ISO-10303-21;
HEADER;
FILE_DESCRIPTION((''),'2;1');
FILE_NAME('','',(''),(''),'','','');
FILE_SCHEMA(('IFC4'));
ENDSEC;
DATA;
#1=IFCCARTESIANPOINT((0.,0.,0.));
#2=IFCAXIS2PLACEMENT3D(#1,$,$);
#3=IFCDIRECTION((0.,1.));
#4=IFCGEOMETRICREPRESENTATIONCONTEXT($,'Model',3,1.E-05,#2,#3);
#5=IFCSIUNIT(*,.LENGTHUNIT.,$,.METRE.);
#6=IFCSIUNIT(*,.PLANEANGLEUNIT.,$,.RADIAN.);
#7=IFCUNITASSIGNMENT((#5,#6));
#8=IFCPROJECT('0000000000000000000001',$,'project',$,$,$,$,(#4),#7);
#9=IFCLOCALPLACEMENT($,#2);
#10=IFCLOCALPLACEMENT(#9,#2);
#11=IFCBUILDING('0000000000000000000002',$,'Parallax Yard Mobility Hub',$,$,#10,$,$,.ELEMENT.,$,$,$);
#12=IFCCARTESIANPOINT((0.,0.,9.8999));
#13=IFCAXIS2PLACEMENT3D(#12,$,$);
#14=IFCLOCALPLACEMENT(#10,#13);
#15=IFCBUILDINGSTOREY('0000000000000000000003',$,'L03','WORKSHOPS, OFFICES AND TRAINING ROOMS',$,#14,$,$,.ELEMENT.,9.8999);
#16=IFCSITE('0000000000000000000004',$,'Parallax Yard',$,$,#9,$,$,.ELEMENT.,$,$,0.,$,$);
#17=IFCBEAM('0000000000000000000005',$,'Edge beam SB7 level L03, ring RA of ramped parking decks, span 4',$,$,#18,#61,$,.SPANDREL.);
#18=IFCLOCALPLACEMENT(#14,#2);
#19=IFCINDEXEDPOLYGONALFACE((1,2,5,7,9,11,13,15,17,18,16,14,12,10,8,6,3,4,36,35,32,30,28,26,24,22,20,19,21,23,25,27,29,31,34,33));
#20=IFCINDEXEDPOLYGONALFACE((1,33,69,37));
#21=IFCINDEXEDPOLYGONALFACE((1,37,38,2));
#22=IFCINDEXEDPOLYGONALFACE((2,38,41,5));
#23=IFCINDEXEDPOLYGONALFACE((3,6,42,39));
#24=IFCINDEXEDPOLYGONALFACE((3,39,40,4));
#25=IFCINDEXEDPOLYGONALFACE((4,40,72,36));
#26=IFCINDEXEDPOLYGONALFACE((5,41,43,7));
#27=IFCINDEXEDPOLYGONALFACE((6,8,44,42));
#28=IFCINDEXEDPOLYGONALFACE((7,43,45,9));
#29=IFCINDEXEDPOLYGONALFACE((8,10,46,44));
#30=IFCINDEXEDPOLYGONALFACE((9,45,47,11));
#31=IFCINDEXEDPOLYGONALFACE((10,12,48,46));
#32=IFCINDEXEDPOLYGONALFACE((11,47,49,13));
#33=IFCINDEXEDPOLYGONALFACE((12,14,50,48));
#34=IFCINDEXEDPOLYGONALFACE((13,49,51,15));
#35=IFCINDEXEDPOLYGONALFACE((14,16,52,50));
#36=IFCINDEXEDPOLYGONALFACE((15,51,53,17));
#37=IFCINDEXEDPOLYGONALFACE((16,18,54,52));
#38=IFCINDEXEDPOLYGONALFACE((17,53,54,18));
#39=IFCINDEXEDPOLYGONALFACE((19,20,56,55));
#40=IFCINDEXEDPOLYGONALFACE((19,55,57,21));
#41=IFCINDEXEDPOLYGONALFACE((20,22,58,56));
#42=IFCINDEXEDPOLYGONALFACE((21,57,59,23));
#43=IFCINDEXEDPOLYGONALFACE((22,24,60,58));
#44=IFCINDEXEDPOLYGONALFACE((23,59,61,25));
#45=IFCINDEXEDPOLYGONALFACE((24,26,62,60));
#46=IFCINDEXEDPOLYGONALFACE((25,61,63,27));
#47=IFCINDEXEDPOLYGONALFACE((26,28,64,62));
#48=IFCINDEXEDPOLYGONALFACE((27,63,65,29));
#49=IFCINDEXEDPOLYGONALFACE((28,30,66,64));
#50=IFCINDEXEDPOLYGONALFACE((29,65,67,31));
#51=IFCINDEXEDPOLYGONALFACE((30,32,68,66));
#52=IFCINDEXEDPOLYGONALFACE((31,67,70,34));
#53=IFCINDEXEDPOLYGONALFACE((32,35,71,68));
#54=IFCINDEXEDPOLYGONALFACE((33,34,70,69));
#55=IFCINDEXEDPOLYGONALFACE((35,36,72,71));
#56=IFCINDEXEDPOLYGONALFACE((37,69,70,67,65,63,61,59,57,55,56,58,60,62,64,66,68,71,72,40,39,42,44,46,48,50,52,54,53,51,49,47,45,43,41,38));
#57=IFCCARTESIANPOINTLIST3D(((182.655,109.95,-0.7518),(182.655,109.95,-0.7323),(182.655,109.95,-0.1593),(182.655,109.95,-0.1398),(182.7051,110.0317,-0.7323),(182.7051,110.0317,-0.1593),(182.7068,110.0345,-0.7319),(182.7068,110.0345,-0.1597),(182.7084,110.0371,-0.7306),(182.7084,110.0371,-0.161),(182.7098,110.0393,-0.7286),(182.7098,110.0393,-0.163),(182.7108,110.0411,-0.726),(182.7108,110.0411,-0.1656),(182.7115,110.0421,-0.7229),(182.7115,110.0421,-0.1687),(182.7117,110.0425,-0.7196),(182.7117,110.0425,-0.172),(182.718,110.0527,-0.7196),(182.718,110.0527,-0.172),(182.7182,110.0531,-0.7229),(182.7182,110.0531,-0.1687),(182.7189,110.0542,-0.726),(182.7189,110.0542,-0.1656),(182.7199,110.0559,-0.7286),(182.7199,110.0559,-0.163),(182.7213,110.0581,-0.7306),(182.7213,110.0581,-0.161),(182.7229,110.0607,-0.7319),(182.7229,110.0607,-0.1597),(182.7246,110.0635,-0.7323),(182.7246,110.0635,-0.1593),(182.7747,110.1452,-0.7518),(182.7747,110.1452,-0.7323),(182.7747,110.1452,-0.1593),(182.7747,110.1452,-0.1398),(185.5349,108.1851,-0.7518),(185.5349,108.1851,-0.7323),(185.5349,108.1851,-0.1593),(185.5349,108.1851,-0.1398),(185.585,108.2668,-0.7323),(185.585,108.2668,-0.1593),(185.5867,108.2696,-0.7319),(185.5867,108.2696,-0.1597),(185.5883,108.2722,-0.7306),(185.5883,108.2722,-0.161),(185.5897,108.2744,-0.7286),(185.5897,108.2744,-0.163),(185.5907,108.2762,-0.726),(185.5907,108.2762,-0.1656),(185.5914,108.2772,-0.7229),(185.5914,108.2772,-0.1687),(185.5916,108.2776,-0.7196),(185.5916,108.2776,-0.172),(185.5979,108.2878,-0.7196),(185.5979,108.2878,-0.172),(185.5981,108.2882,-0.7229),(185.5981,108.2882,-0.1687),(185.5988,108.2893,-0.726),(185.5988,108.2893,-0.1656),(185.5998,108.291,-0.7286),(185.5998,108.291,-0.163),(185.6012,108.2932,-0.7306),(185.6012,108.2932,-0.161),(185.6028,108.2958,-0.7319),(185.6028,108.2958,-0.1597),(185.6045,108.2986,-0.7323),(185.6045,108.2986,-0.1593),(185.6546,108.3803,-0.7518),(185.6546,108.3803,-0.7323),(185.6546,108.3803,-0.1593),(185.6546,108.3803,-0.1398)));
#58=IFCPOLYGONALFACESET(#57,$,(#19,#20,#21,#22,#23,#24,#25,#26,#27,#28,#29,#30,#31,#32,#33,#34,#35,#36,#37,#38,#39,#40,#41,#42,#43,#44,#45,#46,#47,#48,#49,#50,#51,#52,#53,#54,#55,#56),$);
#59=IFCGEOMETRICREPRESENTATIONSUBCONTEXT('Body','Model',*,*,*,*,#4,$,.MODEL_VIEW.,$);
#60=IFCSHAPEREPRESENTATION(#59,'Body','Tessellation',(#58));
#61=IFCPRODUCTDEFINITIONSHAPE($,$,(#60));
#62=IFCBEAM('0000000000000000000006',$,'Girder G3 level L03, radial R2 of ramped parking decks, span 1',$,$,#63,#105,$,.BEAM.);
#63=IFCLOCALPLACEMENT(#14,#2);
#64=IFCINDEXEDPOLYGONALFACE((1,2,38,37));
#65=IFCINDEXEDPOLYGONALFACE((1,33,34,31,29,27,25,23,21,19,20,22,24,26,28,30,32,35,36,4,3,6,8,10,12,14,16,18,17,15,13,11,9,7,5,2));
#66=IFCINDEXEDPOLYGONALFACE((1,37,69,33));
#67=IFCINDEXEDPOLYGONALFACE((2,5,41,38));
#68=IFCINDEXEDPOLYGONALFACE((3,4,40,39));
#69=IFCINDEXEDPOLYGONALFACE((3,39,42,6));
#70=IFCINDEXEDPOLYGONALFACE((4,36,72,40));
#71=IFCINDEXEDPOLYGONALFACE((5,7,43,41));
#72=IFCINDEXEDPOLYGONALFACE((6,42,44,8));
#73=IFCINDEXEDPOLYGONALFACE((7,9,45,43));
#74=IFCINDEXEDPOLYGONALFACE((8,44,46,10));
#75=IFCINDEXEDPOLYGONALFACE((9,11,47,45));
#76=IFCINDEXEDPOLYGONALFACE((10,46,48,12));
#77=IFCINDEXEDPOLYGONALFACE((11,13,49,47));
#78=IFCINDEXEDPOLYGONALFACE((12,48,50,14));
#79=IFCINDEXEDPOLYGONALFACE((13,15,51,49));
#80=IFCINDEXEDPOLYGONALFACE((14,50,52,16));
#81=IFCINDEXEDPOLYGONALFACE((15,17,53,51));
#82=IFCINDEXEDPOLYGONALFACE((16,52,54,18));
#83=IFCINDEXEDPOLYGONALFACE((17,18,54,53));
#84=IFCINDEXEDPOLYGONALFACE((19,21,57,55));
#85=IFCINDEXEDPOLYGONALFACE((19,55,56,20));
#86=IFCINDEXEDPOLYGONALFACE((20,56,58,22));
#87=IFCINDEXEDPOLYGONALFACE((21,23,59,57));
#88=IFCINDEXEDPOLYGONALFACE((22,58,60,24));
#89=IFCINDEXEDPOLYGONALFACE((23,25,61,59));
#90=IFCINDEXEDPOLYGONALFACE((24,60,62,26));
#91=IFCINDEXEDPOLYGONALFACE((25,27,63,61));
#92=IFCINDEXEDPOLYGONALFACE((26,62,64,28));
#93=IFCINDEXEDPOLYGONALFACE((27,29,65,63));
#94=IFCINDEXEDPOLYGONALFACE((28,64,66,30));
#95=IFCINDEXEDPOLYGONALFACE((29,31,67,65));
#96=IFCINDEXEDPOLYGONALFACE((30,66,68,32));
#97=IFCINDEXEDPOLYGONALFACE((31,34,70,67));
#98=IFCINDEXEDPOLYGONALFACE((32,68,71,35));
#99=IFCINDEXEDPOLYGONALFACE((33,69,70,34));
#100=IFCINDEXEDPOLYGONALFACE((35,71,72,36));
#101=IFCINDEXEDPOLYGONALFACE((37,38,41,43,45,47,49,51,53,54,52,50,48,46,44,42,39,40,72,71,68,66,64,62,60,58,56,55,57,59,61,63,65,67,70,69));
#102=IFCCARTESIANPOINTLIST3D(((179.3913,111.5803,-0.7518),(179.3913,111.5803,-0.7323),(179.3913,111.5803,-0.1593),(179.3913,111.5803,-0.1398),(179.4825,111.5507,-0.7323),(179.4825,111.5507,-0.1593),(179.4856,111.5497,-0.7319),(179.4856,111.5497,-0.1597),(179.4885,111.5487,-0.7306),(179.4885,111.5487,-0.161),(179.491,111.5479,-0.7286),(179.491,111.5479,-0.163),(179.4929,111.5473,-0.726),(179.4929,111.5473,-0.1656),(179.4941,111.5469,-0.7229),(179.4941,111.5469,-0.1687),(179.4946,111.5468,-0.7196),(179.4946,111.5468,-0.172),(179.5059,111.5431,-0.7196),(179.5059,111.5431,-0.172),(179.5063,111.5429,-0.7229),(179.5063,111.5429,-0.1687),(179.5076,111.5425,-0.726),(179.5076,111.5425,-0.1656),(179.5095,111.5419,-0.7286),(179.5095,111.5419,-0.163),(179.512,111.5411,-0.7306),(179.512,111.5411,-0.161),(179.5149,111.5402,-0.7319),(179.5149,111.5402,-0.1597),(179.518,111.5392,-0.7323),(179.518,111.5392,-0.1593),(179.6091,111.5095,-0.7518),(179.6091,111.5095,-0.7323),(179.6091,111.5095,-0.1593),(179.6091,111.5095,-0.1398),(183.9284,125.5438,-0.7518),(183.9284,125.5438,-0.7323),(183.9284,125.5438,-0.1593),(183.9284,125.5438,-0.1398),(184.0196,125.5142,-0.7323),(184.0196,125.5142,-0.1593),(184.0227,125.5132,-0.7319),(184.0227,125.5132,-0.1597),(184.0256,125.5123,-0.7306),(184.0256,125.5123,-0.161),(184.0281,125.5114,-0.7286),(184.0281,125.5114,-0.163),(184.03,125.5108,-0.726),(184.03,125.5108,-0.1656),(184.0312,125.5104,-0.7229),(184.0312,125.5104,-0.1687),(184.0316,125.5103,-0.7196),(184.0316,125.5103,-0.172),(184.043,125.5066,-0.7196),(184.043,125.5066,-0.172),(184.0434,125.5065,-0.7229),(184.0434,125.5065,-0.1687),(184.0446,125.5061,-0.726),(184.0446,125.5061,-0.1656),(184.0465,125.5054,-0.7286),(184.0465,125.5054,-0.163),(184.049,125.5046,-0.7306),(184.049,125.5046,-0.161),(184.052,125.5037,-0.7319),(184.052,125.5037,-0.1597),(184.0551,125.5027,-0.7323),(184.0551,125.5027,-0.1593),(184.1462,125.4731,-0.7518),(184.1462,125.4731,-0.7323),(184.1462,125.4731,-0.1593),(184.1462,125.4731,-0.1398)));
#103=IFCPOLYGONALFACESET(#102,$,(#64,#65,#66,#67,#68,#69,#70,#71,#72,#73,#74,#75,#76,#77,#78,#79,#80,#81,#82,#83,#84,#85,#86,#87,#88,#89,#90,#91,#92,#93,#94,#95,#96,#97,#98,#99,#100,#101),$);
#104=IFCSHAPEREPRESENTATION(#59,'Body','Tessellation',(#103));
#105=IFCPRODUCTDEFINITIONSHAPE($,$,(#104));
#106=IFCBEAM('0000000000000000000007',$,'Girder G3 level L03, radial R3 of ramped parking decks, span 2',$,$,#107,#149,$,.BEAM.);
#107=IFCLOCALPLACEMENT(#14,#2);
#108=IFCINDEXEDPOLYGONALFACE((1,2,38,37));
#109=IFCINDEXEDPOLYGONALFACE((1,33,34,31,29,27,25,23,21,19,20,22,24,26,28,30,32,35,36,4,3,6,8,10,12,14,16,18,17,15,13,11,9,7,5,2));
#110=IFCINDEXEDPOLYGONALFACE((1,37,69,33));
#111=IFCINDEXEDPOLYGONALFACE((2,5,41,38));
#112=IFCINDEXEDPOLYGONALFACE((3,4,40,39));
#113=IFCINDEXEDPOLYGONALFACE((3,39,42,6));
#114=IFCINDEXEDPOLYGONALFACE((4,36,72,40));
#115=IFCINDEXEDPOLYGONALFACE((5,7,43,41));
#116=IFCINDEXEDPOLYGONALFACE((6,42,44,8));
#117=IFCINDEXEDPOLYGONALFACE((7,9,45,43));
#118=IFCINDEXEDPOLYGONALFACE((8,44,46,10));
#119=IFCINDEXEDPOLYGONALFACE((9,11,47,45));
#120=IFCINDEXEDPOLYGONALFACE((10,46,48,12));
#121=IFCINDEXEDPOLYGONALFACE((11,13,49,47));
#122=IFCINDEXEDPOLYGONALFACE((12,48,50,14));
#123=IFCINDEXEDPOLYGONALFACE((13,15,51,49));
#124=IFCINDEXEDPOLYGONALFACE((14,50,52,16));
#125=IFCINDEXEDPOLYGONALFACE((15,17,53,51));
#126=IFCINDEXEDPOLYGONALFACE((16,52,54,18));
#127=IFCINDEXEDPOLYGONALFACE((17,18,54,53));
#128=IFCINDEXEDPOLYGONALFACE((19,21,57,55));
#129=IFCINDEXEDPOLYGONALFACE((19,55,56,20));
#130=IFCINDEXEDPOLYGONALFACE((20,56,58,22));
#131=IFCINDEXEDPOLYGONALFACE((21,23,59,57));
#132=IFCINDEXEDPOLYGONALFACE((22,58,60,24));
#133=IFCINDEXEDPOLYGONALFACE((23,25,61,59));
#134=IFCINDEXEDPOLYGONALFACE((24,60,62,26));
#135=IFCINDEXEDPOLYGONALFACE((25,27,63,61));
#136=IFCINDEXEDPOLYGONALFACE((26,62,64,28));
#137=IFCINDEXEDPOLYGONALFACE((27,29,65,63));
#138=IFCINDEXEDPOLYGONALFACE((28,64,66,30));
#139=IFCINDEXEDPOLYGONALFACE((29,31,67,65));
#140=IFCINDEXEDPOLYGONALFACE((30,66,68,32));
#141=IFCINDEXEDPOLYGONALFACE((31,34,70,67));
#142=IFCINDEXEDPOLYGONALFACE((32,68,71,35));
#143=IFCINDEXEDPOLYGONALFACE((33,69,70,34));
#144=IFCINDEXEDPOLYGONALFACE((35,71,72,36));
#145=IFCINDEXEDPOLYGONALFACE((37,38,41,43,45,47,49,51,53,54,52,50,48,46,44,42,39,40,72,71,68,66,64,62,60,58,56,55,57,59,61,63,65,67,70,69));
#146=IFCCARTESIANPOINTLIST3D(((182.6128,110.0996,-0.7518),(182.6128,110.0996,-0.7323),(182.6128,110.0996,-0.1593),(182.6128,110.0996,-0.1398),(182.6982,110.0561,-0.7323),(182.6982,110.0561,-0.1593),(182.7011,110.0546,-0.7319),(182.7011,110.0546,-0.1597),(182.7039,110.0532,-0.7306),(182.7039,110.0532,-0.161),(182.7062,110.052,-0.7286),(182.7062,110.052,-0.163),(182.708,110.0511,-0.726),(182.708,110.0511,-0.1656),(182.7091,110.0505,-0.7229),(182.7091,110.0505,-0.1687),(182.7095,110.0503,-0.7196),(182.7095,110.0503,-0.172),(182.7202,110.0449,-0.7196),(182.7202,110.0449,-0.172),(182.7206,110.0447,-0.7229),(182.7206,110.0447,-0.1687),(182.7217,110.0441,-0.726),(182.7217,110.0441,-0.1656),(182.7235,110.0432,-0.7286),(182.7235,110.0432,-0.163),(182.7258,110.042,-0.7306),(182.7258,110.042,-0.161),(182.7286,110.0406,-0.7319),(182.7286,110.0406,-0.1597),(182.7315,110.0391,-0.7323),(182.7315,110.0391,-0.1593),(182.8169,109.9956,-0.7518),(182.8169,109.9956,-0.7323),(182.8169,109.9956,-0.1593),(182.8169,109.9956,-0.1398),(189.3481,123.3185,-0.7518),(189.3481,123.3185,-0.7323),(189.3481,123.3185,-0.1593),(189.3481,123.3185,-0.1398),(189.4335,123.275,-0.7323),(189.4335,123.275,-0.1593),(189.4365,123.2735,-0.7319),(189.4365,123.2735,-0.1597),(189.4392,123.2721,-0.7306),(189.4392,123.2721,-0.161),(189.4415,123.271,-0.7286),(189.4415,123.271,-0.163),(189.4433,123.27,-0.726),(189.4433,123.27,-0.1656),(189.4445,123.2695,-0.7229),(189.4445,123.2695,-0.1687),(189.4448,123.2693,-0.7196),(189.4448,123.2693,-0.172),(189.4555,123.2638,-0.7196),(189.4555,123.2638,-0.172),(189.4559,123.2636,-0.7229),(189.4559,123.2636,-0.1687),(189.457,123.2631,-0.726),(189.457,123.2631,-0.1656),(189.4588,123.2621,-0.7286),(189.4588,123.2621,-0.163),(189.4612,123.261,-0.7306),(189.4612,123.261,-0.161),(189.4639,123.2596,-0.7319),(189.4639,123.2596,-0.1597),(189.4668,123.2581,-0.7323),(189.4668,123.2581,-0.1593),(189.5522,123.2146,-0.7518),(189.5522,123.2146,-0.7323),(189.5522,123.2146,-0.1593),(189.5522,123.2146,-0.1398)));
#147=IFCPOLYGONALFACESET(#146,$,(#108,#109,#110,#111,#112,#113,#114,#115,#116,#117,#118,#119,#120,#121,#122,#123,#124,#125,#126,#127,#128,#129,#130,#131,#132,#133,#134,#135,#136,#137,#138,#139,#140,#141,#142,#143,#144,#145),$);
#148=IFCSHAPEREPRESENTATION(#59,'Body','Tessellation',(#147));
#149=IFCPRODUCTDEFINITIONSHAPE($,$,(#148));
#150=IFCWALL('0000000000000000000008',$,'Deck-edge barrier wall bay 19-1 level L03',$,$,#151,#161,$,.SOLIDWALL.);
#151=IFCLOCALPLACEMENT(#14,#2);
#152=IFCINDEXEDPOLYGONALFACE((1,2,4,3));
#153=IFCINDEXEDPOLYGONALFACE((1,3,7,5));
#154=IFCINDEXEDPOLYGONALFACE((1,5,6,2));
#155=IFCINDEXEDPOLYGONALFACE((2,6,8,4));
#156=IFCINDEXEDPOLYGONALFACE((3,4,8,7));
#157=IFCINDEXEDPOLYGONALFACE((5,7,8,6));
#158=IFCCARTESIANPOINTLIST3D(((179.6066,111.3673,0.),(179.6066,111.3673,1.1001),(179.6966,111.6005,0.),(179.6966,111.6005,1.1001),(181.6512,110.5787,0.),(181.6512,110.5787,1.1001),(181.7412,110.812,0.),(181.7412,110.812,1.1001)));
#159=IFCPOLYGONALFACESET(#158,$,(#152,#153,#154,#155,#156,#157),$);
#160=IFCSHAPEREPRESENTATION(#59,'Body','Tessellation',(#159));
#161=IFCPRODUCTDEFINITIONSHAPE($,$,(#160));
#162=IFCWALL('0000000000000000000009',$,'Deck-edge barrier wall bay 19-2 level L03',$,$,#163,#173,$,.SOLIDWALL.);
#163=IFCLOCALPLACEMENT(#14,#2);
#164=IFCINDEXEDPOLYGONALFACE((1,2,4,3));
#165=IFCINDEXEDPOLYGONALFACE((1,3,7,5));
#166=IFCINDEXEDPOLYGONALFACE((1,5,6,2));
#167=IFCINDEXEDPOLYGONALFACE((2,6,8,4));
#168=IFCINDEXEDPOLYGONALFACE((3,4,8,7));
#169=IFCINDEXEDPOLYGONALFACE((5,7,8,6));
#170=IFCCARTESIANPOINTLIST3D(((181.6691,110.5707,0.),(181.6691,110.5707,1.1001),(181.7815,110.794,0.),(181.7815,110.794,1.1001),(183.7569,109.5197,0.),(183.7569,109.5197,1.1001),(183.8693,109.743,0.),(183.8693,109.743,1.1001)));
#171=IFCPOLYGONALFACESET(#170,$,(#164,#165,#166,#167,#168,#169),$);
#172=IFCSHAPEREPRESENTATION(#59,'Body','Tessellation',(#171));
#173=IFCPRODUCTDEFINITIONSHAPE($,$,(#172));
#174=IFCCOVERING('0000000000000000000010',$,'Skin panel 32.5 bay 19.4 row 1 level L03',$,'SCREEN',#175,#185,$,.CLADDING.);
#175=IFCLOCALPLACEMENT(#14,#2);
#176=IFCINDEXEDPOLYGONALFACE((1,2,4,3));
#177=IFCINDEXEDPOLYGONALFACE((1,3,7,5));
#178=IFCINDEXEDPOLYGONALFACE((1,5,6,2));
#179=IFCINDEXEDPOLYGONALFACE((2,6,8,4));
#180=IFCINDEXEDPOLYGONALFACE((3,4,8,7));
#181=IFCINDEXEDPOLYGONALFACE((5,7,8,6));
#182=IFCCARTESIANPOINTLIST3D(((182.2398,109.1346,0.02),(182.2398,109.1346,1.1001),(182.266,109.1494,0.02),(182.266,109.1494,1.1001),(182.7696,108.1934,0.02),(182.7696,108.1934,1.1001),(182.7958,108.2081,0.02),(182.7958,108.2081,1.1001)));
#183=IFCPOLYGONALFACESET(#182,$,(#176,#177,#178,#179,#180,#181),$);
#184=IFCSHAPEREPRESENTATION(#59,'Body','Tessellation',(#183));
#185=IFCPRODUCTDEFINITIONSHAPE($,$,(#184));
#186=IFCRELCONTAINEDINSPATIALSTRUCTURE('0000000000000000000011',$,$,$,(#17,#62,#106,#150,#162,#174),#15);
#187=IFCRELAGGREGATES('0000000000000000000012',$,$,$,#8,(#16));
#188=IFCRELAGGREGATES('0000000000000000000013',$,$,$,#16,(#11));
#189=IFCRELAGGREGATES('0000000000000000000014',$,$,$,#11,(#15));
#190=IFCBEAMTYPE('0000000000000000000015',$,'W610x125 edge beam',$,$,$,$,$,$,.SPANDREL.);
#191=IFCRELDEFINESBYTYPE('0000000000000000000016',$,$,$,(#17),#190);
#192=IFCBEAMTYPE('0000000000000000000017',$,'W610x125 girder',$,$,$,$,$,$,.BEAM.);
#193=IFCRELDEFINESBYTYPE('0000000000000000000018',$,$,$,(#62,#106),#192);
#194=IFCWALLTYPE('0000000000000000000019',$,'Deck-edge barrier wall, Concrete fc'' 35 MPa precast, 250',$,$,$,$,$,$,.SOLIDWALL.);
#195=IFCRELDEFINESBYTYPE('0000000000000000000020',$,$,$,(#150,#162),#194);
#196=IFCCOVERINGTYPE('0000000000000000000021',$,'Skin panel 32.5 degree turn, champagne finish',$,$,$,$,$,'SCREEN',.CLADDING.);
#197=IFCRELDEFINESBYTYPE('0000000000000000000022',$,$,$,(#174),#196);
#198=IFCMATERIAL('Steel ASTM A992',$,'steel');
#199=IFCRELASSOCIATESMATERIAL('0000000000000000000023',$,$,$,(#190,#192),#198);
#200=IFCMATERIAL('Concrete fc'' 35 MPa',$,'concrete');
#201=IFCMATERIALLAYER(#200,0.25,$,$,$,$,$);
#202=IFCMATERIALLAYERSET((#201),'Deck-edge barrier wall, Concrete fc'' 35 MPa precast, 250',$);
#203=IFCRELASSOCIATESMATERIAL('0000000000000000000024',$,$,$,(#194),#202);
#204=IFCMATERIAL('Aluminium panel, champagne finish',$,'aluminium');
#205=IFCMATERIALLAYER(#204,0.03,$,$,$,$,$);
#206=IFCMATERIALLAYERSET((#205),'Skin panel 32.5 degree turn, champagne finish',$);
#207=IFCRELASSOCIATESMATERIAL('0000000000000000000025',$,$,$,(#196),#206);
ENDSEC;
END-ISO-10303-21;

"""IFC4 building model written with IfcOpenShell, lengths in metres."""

from ifc_helpers import new_model, si_unit, direction, frame, frame_2d, origin, origin_2d, place, context, subcontext, project, spatial, rectangle, i_section, extrude, material, layer, layer_set, material_profile, profile_set, type_object, element, save


model = new_model("IFC4")

# Units and contexts
model_context = context("Model", 3, precision=1e-05, world=origin(), true_north=direction((0.0, 1.0)))
body_context = subcontext(model_context, "Body", "Model", "MODEL_VIEW")
ifc_project = project(units=[si_unit("LENGTHUNIT", "METRE"), si_unit("PLANEANGLEUNIT", "RADIAN")], contexts=[model_context])

# Site, building, storey
site_placement = place(None, origin())
site = spatial("IfcSite", under=ifc_project, at=site_placement, Name="Parallax Yard", CompositionType="ELEMENT", RefElevation=0.0)
building_placement = place(site_placement, origin())
building = spatial("IfcBuilding", under=site, at=building_placement, Name="Parallax Yard Mobility Hub", CompositionType="ELEMENT")
storey_placement = place(building_placement, frame((0.0, 0.0, 9.8999)))
storey = spatial("IfcBuildingStorey", under=building, at=storey_placement, Name="L03", Description="WORKSHOPS, OFFICES AND TRAINING ROOMS", CompositionType="ELEMENT", Elevation=9.8999)

# Beams
ifc_material_1 = material(Name="Steel ASTM A992", Category="steel")
ifc_material_profile_1 = material_profile(ifc_material_1, i_section(OverallWidth=0.229, OverallDepth=0.6121, WebThickness=0.012, FlangeThickness=0.0195, FilletRadius=0.0127, at=origin_2d()), Name="W610x125")
ifc_profile_set_1 = profile_set([ifc_material_profile_1], Name="Steel ASTM A992")
beam_type_1 = type_object("IfcBeamType", Name="W610x125 edge beam", PredefinedType="SPANDREL", material=ifc_profile_set_1)
for number, where, z_axis, x_axis, name in (
    (1, (182.7148, 110.0476, -0.4458), (0.852627, -0.52252, 0.0), (0.52252, 0.852627, 0.0), "Edge beam SB7 level L03, ring RA of ramped parking decks, span 4"),
):
    element("IfcBeam", number, at=place(storey_placement, frame(where, z_axis=z_axis, x_axis=x_axis)), inside=storey, type_object=beam_type_1, Name=name, PredefinedType="SPANDREL", context=body_context, shape_type="SweptSolid", body=[
        extrude(i_section(OverallWidth=0.229, OverallDepth=0.6121, WebThickness=0.012, FlangeThickness=0.0195, FilletRadius=0.0127, at=origin_2d()), origin(), (0.0, 0.0, 1.0), 3.3777),
    ])
ifc_material_profile_2 = material_profile(ifc_material_1, i_section(OverallWidth=0.229, OverallDepth=0.6121, WebThickness=0.012, FlangeThickness=0.0195, FilletRadius=0.0127, at=origin_2d()), Name="W610x125")
ifc_profile_set_2 = profile_set([ifc_material_profile_2], Name="Steel ASTM A992")
beam_type_2 = type_object("IfcBeamType", Name="W610x125 girder", PredefinedType="BEAM", material=ifc_profile_set_2)
beam_1_placement = place(storey_placement, frame((179.5002, 111.5449, -0.4458), z_axis=(0.30902, 0.951055, 0.0), x_axis=(-0.951055, 0.30902, 0.0)))
element("IfcBeam", 2, at=beam_1_placement, inside=storey, type_object=beam_type_2, Name="Girder G3 level L03, radial R2 of ramped parking decks, span 1", PredefinedType="BEAM", context=body_context, shape_type="SweptSolid", body=[
    extrude(i_section(OverallWidth=0.229, OverallDepth=0.6121, WebThickness=0.012, FlangeThickness=0.0195, FilletRadius=0.0127, at=origin_2d()), origin(), (0.0, 0.0, 1.0), 14.6821),
])
beam_2_placement = place(storey_placement, frame((182.7148, 110.0476, -0.4458), z_axis=(0.453987, 0.891008, 0.0), x_axis=(-0.891008, 0.453987, 0.0)))
element("IfcBeam", 3, at=beam_2_placement, inside=storey, type_object=beam_type_2, Name="Girder G3 level L03, radial R3 of ramped parking decks, span 2", PredefinedType="BEAM", context=body_context, shape_type="SweptSolid", body=[
    extrude(i_section(OverallWidth=0.229, OverallDepth=0.6121, WebThickness=0.012, FlangeThickness=0.0195, FilletRadius=0.0127, at=origin_2d()), origin(), (0.0, 0.0, 1.0), 14.8359),
])

# Walls
ifc_material_2 = material(Name="Concrete fc' 35 MPa", Category="concrete")
ifc_layer_1 = layer(ifc_material_2, 0.25)
ifc_layer_set_1 = layer_set([ifc_layer_1], Name="Deck-edge barrier wall, Concrete fc' 35 MPa precast, 250")
wall_type = type_object("IfcWallType", Name="Deck-edge barrier wall, Concrete fc' 35 MPa precast, 250", PredefinedType="SOLIDWALL", material=ifc_layer_set_1)
wall_1_placement = place(storey_placement, frame((179.6516, 111.4839, 0.0), z_axis=(0.0, 0.0, 1.0), x_axis=(0.933015, -0.359837, 0.0)))
element("IfcWall", 4, at=wall_1_placement, inside=storey, type_object=wall_type, Name="Deck-edge barrier wall bay 19-1 level L03", PredefinedType="SOLIDWALL", context=body_context, shape_type="SweptSolid", body=[
    extrude(rectangle(XDim=2.1914, YDim=0.25, at=frame_2d((1.0957, 0.0))), origin(), (0.0, 0.0, 1.0), 1.1001),
])
wall_2_placement = place(storey_placement, frame((181.7253, 110.6824, 0.0), z_axis=(0.0, 0.0, 1.0), x_axis=(0.893212, -0.449635, 0.0)))
element("IfcWall", 5, at=wall_2_placement, inside=storey, type_object=wall_type, Name="Deck-edge barrier wall bay 19-2 level L03", PredefinedType="SOLIDWALL", context=body_context, shape_type="SweptSolid", body=[
    extrude(rectangle(XDim=2.3374, YDim=0.25, at=frame_2d((1.1687, 0.0))), origin(), (0.0, 0.0, 1.0), 1.1001),
])

# Covering
ifc_material_3 = material(Name="Aluminium panel, champagne finish", Category="aluminium")
ifc_layer_2 = layer(ifc_material_3, 0.03)
ifc_layer_set_2 = layer_set([ifc_layer_2], Name="Skin panel 32.5 degree turn, champagne finish")
covering_type_1 = type_object("IfcCoveringType", Name="Skin panel 32.5 degree turn, champagne finish", ElementType="SCREEN", PredefinedType="CLADDING", material=ifc_layer_set_2)
covering_placement = place(storey_placement, frame((182.5178, 108.6714, 0.02), z_axis=(0.0, 0.0, 1.0), x_axis=(0.490524, -0.871428, 0.0)))
element("IfcCovering", 6, at=covering_placement, inside=storey, type_object=covering_type_1, Name="Skin panel 32.5 bay 19.4 row 1 level L03", ObjectType="SCREEN", PredefinedType="CLADDING", context=body_context, shape_type="SweptSolid", body=[
    extrude(rectangle(XDim=1.0801, YDim=0.03, at=origin_2d()), origin(), (0.0, 0.0, 1.0), 1.0801),
])

save(model, "model.ifc")
